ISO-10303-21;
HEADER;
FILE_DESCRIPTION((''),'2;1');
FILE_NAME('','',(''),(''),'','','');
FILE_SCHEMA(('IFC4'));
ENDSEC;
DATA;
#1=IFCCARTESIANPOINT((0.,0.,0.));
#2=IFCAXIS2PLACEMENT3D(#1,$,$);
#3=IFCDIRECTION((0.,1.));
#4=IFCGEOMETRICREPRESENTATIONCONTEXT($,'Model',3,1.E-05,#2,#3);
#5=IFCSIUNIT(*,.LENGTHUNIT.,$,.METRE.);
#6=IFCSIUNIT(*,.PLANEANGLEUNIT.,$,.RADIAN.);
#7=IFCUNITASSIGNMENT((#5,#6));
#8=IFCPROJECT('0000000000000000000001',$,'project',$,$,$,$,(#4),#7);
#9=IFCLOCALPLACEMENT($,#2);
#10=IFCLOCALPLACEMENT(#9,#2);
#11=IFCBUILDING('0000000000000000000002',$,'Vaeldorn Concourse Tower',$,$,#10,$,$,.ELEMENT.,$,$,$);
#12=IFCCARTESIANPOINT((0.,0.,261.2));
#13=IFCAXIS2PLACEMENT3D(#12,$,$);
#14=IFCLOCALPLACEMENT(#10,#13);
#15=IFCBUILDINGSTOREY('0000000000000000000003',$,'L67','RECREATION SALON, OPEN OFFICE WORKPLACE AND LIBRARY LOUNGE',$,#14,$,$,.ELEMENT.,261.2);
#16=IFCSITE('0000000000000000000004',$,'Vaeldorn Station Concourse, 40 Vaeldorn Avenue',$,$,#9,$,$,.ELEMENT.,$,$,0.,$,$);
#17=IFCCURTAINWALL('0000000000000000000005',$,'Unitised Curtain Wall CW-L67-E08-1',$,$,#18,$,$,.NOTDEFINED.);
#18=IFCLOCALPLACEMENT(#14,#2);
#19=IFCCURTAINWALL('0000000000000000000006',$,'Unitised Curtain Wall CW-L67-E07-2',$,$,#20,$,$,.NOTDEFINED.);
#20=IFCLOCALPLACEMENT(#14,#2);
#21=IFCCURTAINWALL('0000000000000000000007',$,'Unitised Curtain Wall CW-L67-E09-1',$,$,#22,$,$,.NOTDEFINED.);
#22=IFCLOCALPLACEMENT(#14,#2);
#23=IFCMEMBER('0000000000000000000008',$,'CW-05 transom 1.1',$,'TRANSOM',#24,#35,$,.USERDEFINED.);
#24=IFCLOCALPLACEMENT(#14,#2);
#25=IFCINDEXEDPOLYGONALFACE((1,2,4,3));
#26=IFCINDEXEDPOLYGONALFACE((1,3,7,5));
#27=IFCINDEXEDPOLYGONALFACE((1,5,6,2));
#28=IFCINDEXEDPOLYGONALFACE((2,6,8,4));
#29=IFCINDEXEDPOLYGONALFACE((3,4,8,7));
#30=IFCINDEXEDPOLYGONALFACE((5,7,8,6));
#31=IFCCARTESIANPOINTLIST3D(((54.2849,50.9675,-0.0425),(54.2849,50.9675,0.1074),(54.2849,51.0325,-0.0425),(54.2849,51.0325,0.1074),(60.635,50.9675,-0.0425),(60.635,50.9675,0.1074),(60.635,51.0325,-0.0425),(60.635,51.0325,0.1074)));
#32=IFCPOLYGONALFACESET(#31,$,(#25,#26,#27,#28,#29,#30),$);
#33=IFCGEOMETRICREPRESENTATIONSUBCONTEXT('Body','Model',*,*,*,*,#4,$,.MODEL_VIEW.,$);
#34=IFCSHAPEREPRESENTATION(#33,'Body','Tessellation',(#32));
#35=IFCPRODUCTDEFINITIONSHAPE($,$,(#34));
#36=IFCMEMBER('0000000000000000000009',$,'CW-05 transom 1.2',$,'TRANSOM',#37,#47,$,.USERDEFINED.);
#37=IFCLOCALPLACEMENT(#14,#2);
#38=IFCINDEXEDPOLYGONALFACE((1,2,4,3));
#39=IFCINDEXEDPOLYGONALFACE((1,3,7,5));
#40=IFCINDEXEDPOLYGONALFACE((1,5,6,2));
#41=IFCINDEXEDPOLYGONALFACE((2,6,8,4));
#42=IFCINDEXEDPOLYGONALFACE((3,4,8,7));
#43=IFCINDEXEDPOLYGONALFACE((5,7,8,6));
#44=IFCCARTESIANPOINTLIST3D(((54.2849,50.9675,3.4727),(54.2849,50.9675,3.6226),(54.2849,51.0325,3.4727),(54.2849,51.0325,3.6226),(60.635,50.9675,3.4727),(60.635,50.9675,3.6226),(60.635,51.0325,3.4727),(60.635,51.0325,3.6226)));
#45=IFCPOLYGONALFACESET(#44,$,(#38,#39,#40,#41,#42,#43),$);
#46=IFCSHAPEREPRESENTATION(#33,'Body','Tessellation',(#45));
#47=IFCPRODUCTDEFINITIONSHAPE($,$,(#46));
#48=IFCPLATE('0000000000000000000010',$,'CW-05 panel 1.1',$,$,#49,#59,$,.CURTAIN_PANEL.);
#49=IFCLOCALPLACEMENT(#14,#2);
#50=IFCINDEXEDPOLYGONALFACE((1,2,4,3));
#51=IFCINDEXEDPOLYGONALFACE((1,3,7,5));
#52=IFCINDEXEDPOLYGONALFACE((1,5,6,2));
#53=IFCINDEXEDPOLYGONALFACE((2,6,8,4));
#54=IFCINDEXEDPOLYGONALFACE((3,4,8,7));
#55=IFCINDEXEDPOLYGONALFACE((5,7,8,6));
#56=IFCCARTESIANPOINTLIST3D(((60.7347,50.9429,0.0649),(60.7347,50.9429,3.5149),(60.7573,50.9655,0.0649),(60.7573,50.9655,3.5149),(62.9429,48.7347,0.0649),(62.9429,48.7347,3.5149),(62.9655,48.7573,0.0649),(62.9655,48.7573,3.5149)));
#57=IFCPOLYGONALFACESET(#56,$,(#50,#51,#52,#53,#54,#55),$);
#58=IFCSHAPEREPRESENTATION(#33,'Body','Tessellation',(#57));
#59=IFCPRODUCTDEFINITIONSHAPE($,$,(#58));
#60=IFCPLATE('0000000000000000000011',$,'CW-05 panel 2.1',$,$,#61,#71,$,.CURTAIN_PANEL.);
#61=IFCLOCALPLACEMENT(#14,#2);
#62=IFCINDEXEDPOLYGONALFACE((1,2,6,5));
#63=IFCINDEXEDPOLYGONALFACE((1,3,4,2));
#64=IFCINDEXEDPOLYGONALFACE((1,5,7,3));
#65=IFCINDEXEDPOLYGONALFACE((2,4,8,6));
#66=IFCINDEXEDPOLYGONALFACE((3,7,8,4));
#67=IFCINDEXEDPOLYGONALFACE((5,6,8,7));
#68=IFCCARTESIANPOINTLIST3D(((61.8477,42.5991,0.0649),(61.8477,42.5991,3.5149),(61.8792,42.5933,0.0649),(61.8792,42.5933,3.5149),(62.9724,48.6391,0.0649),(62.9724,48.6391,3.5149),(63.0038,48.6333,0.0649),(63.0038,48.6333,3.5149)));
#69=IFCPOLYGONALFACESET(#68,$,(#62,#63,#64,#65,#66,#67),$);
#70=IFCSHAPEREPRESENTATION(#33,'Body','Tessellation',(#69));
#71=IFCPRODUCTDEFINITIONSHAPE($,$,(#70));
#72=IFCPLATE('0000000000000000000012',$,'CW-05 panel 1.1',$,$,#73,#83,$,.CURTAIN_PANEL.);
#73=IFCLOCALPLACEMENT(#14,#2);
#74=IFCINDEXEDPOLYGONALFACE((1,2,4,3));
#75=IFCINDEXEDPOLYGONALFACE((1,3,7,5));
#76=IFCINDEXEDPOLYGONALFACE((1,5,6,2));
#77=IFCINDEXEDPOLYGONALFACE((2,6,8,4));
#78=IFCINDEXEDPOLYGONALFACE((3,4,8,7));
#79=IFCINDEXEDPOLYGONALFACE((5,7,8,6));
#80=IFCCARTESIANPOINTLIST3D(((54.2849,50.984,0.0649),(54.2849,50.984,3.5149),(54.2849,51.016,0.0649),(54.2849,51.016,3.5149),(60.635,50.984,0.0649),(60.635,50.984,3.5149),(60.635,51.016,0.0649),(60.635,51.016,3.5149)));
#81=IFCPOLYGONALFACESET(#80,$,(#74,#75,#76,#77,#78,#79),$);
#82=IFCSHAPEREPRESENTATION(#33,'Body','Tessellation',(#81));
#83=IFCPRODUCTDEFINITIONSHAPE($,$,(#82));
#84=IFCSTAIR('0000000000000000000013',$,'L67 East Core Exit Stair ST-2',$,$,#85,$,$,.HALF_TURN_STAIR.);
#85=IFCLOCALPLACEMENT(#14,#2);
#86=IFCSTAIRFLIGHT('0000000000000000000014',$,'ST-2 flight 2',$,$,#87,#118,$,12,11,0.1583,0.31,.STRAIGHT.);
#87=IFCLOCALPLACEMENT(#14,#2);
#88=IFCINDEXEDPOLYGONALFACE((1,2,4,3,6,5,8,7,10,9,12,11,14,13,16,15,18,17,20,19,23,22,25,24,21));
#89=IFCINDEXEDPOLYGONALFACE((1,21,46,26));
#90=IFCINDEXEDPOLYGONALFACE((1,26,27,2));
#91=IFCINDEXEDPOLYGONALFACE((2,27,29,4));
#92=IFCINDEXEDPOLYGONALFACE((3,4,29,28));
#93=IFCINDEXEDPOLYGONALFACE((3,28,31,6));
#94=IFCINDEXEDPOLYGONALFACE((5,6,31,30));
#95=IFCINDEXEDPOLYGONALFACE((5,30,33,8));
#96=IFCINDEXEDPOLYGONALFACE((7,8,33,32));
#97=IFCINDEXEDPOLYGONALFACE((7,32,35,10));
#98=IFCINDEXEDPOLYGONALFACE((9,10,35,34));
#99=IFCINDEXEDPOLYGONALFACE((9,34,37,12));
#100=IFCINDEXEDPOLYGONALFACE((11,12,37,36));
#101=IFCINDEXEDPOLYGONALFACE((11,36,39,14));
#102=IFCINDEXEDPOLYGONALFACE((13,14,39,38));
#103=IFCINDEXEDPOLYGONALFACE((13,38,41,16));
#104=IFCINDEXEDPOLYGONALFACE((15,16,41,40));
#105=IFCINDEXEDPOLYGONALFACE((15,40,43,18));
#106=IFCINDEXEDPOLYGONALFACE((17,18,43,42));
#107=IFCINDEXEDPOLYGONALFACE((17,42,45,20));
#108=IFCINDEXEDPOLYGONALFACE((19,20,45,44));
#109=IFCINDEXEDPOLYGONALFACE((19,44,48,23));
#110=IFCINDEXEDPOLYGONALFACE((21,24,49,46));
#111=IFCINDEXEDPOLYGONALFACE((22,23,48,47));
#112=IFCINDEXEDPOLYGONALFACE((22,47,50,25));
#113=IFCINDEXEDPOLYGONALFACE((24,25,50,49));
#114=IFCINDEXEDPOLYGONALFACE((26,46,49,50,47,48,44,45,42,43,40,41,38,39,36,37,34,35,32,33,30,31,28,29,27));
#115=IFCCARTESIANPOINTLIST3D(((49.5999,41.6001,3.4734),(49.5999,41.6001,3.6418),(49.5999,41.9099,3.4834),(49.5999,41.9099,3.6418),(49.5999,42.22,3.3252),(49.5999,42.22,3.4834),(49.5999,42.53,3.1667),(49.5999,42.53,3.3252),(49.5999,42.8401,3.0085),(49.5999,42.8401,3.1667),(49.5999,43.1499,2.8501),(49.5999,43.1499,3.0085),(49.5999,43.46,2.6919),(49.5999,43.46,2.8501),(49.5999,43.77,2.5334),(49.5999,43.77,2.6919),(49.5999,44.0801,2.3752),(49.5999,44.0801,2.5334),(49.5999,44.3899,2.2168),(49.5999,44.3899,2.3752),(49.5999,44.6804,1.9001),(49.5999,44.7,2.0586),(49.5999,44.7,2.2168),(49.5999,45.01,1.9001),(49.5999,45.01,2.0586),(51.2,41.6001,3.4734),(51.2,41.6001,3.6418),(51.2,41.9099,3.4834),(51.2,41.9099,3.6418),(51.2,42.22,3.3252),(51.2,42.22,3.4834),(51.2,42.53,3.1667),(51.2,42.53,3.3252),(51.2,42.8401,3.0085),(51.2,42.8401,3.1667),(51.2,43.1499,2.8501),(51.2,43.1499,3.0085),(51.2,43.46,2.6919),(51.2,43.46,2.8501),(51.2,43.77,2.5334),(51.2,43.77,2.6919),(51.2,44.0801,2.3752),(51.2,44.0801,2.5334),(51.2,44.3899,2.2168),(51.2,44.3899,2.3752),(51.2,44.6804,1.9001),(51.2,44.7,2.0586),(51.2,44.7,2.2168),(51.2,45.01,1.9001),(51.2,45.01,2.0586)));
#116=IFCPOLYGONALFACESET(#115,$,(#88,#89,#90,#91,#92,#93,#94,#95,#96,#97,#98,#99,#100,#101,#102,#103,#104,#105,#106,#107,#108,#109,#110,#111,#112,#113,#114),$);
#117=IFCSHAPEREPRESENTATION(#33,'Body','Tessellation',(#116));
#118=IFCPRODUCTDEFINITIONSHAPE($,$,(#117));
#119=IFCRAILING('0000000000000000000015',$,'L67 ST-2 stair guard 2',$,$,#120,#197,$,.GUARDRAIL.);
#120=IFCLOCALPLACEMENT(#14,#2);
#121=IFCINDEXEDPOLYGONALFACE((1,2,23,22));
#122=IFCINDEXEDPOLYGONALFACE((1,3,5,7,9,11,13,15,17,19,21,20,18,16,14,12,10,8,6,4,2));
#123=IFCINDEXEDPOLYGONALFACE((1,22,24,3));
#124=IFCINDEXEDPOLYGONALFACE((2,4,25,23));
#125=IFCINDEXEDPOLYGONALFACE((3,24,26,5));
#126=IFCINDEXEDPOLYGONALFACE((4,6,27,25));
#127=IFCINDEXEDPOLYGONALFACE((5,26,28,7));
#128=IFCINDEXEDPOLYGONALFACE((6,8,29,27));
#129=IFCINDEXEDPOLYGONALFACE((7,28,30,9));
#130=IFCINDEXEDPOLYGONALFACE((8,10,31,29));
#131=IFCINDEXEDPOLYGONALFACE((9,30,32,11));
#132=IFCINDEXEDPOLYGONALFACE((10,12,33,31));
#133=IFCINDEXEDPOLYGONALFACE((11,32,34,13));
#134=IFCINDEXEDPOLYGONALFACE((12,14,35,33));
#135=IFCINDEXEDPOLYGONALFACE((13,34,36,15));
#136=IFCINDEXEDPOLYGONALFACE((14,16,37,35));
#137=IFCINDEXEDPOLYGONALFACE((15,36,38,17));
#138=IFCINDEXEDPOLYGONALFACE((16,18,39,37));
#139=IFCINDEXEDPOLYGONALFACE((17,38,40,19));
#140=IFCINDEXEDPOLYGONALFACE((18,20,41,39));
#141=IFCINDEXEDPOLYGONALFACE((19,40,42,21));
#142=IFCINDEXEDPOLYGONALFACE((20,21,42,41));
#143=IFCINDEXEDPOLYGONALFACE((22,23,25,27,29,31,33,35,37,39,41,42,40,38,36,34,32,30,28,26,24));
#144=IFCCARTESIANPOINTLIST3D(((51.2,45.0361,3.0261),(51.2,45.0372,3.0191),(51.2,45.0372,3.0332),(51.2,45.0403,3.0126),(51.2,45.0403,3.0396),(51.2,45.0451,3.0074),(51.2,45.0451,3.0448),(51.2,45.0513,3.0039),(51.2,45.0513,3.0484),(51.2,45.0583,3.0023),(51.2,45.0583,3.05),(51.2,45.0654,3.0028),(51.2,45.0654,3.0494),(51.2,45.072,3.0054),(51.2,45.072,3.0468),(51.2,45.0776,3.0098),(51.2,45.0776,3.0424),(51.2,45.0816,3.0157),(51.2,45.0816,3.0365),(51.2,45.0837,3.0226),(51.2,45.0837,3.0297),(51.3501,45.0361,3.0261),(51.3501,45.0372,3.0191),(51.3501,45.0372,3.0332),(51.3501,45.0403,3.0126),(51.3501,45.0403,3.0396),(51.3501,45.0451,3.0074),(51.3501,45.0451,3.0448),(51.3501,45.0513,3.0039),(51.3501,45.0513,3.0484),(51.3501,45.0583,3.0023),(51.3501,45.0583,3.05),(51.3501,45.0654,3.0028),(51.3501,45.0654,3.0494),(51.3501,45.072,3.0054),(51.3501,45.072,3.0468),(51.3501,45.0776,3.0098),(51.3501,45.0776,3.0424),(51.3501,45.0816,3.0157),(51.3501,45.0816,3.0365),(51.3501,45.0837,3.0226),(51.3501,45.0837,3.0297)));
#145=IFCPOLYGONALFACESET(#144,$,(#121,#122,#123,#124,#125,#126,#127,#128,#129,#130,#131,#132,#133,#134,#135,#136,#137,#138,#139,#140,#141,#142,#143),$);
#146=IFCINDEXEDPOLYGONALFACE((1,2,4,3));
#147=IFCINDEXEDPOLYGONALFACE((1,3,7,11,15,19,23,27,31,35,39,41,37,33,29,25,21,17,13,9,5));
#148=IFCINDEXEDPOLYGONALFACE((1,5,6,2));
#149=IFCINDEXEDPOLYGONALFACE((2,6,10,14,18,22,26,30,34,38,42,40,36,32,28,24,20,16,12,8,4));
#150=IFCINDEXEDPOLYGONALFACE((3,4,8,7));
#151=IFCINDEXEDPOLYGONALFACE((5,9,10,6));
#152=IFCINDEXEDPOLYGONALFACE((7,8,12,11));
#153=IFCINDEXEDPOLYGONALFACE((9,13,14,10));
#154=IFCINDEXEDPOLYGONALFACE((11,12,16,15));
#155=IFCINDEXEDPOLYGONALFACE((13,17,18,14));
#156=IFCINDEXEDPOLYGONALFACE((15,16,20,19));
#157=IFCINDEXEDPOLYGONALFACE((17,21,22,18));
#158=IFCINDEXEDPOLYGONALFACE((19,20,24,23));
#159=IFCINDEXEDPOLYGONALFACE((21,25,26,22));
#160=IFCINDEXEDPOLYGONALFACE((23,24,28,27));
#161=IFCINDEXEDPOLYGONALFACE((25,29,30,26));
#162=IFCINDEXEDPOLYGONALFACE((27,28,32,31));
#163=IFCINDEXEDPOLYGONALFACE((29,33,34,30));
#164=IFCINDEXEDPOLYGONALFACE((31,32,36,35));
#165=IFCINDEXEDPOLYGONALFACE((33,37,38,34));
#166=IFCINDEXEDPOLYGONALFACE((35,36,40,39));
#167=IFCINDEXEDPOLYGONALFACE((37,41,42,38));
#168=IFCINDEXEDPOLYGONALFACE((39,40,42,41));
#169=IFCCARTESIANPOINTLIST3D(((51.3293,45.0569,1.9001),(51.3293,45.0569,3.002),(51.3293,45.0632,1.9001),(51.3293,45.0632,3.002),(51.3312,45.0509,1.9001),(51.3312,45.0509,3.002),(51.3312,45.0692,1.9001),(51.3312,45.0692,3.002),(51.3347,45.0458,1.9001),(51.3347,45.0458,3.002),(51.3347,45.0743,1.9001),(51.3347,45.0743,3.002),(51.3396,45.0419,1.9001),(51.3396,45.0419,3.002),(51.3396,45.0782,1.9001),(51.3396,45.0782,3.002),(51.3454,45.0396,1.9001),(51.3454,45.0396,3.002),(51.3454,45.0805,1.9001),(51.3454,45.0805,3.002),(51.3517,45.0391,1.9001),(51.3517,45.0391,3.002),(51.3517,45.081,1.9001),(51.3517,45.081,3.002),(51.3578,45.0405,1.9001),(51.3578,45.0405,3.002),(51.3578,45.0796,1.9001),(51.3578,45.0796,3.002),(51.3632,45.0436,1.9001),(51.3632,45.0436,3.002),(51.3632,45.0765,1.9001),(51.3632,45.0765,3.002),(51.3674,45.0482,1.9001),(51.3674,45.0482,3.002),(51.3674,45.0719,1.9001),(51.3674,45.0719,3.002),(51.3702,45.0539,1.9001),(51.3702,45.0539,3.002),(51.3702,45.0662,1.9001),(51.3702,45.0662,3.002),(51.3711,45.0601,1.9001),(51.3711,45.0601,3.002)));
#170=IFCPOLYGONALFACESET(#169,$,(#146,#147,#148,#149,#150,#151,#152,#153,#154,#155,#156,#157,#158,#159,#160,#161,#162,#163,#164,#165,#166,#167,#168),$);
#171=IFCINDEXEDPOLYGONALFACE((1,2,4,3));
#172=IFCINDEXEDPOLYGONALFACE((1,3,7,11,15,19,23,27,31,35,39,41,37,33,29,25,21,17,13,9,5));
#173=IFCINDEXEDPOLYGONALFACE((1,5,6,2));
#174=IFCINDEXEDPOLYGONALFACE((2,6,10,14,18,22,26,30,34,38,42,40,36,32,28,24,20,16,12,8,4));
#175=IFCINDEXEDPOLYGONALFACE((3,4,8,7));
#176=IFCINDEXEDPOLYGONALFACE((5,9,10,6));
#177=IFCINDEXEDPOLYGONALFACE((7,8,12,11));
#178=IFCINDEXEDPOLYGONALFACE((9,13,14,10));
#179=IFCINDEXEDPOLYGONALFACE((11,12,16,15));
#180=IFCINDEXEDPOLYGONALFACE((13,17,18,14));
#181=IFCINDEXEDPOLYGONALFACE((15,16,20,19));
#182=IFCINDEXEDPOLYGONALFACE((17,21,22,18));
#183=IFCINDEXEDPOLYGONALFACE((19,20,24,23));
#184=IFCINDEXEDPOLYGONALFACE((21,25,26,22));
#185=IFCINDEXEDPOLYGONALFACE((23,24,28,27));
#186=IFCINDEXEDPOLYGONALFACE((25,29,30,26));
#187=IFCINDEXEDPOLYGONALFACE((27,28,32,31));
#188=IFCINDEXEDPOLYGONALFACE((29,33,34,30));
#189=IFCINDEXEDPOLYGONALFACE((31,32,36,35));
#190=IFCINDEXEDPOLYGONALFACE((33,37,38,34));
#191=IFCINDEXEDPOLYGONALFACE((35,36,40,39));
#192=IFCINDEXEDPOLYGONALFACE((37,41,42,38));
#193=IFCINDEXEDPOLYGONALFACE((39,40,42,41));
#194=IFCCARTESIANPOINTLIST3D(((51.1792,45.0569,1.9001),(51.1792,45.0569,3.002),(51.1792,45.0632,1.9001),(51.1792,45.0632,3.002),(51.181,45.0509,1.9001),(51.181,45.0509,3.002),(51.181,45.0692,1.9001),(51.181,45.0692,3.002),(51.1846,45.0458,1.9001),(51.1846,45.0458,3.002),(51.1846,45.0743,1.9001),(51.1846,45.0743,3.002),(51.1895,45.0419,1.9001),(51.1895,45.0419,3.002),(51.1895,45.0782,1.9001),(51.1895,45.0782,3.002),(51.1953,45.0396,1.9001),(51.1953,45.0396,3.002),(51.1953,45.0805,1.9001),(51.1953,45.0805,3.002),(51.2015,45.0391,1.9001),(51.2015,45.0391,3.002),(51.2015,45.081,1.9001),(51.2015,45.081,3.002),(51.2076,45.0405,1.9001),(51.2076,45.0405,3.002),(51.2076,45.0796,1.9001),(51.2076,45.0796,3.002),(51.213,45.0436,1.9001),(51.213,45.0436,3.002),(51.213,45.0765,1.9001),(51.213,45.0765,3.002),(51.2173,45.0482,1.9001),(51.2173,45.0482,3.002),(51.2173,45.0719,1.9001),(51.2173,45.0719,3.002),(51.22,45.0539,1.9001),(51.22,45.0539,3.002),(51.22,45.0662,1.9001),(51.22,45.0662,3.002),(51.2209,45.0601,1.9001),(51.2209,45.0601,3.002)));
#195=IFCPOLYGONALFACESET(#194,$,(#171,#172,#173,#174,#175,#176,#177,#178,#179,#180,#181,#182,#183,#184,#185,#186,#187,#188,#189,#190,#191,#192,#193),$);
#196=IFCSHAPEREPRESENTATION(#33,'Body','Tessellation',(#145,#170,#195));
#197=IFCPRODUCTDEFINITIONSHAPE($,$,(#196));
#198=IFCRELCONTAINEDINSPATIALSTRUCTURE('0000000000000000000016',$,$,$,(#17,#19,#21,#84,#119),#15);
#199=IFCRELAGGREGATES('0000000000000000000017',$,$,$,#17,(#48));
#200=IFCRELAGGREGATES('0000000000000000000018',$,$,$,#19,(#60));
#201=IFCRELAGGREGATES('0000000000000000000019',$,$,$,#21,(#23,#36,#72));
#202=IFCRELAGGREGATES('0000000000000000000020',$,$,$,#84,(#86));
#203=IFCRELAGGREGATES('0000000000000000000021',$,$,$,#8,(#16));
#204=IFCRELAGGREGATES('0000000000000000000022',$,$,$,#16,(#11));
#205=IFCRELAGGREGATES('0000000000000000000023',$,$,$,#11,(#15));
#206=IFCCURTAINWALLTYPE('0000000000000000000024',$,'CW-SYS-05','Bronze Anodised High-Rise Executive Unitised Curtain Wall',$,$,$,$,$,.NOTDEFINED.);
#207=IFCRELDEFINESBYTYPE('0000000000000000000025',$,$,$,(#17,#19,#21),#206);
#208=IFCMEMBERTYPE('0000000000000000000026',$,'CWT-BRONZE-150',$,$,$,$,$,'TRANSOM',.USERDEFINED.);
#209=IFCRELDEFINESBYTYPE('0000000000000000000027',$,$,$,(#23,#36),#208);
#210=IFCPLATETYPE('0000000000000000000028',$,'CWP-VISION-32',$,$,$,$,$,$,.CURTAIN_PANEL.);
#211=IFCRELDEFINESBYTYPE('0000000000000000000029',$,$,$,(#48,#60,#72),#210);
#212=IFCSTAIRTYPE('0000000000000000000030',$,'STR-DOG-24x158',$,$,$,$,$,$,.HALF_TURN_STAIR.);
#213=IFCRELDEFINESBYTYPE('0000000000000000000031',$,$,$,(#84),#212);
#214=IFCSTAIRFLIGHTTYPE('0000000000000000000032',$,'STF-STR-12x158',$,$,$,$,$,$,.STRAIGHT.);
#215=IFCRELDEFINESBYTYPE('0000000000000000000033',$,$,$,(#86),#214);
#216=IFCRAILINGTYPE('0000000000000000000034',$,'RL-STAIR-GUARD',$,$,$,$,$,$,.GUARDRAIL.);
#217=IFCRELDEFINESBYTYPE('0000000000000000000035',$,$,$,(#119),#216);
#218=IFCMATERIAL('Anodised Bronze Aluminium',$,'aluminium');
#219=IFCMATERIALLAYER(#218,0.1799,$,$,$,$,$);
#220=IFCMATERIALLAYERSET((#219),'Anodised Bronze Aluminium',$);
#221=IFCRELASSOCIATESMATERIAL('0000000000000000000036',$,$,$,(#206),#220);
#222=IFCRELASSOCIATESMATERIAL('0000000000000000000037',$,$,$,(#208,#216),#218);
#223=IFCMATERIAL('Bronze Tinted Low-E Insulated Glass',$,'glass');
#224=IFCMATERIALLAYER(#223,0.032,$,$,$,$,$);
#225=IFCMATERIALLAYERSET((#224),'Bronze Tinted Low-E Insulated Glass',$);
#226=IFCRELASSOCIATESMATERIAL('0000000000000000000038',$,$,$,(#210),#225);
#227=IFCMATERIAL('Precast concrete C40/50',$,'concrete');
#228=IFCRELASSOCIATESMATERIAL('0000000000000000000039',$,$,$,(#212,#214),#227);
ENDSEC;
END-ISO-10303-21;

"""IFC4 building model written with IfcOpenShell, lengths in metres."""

from ifc_helpers import new_model, si_unit, direction, frame, origin, origin_2d, place, context, subcontext, project, spatial, polyline, rectangle, circle, outline, extrude, source, transform, mapped, material, layer, layer_set, material_profile, profile_set, type_object, element, aggregate, save


model = new_model("IFC4")

# Units and contexts
model_context = context("Model", 3, precision=1e-05, world=origin(), true_north=direction((0.0, 1.0)))
body_context = subcontext(model_context, "Body", "Model", "MODEL_VIEW")
ifc_project = project(units=[si_unit("LENGTHUNIT", "METRE"), si_unit("PLANEANGLEUNIT", "RADIAN")], contexts=[model_context])

# Site, building, storey
site_placement = place(None, origin())
site = spatial("IfcSite", under=ifc_project, at=site_placement, Name="Vaeldorn Station Concourse, 40 Vaeldorn Avenue", CompositionType="ELEMENT", RefElevation=0.0)
building_placement = place(site_placement, origin())
building = spatial("IfcBuilding", under=site, at=building_placement, Name="Vaeldorn Concourse Tower", CompositionType="ELEMENT")
storey_placement = place(building_placement, frame((0.0, 0.0, 261.2)))
storey = spatial("IfcBuildingStorey", under=building, at=storey_placement, Name="L67", Description="RECREATION SALON, OPEN OFFICE WORKPLACE AND LIBRARY LOUNGE", CompositionType="ELEMENT", Elevation=261.2)

# Curtain wall
ifc_material_1 = material(Name="Anodised Bronze Aluminium", Category="aluminium")
ifc_layer_1 = layer(ifc_material_1, 0.1799)
ifc_layer_set_1 = layer_set([ifc_layer_1], Name="Anodised Bronze Aluminium")
curtain_wall_type = type_object("IfcCurtainWallType", Name="CW-SYS-05", Description="Bronze Anodised High-Rise Executive Unitised Curtain Wall", PredefinedType="NOTDEFINED", material=ifc_layer_set_1)
curtain_wall_1_placement = place(storey_placement, origin())
curtain_wall_1 = element("IfcCurtainWall", 1, at=curtain_wall_1_placement, inside=storey, type_object=curtain_wall_type, Name="Unitised Curtain Wall CW-L67-E08-1", PredefinedType="NOTDEFINED")
ifc_material_profile_1 = material_profile(ifc_material_1, rectangle(XDim=0.0649, YDim=0.1499, at=origin_2d()), Name="CWT 65x150")
ifc_profile_set_1 = profile_set([ifc_material_profile_1], Name="Anodised Bronze Aluminium")
member_type_1 = type_object("IfcMemberType", Name="CWT-BRONZE-150", ElementType="TRANSOM", PredefinedType="USERDEFINED", material=ifc_profile_set_1)

# Curtain wall
curtain_wall_2_placement = place(storey_placement, origin())
curtain_wall_2 = element("IfcCurtainWall", 2, at=curtain_wall_2_placement, inside=storey, type_object=curtain_wall_type, Name="Unitised Curtain Wall CW-L67-E07-2", PredefinedType="NOTDEFINED")

# Curtain wall, members
curtain_wall_3_placement = place(storey_placement, origin())
curtain_wall_3 = element("IfcCurtainWall", 3, at=curtain_wall_3_placement, inside=storey, type_object=curtain_wall_type, Name="Unitised Curtain Wall CW-L67-E09-1", PredefinedType="NOTDEFINED")
shared_shape_1 = source(origin(), body_context, "Body", "SweptSolid", [
    extrude(rectangle(XDim=0.0649, YDim=0.1499, at=origin_2d()), origin(), (0.0, 0.0, 1.0), 6.3501),
])
member_1_placement = place(storey_placement, frame((60.635, 51.0, 0.0325), z_axis=(-1.0, 0.0, 0.0), x_axis=(0.0, -1.0, 0.0)))
member_1 = element("IfcMember", 4, at=member_1_placement, type_object=member_type_1, Name="CW-05 transom 1.1", ObjectType="TRANSOM", PredefinedType="USERDEFINED", context=body_context, shape_type="MappedRepresentation", body=[
    mapped(shared_shape_1, transform((0.0, 0.0, 0.0), scale=1.0)),
])
member_2_placement = place(storey_placement, frame((60.635, 51.0, 3.5476), z_axis=(-1.0, 0.0, 0.0), x_axis=(0.0, -1.0, 0.0)))
member_2 = element("IfcMember", 5, at=member_2_placement, type_object=member_type_1, Name="CW-05 transom 1.2", ObjectType="TRANSOM", PredefinedType="USERDEFINED", context=body_context, shape_type="MappedRepresentation", body=[
    mapped(shared_shape_1, transform((0.0, 0.0, 0.0), scale=1.0)),
])

# Plates
ifc_material_2 = material(Name="Bronze Tinted Low-E Insulated Glass", Category="glass")
ifc_layer_2 = layer(ifc_material_2, 0.032)
ifc_layer_set_2 = layer_set([ifc_layer_2], Name="Bronze Tinted Low-E Insulated Glass")
plate_type = type_object("IfcPlateType", Name="CWP-VISION-32", PredefinedType="CURTAIN_PANEL", material=ifc_layer_set_2)
shared_shape_2 = source(origin(), body_context, "Body", "SweptSolid", [
    extrude(rectangle(XDim=3.1228, YDim=0.032, at=origin_2d()), origin(), (0.0, 0.0, 1.0), 3.45),
])
plate_1_placement = place(storey_placement, frame((61.8501, 49.8501, 0.0649), z_axis=(0.0, 0.0, 1.0), x_axis=(-0.707107, 0.707107, 0.0)))
plate_1 = element("IfcPlate", 6, at=plate_1_placement, type_object=plate_type, Name="CW-05 panel 1.1", PredefinedType="CURTAIN_PANEL", context=body_context, shape_type="MappedRepresentation", body=[
    mapped(shared_shape_2, transform((0.0, 0.0, 0.0), scale=1.0)),
])
aggregate(curtain_wall_1, [plate_1])
shared_shape_3 = source(origin(), body_context, "Body", "SweptSolid", [
    extrude(rectangle(XDim=6.1438, YDim=0.032, at=origin_2d()), origin(), (0.0, 0.0, 1.0), 3.45),
])
plate_2_placement = place(storey_placement, frame((62.4258, 45.6162, 0.0649), z_axis=(0.0, 0.0, 1.0), x_axis=(0.183054, 0.983103, 0.0)))
plate_2 = element("IfcPlate", 7, at=plate_2_placement, type_object=plate_type, Name="CW-05 panel 2.1", PredefinedType="CURTAIN_PANEL", context=body_context, shape_type="MappedRepresentation", body=[
    mapped(shared_shape_3, transform((0.0, 0.0, 0.0), scale=1.0)),
])
aggregate(curtain_wall_2, [plate_2])
shared_shape_4 = source(origin(), body_context, "Body", "SweptSolid", [
    extrude(rectangle(XDim=6.3501, YDim=0.032, at=origin_2d()), origin(), (0.0, 0.0, 1.0), 3.45),
])
plate_3_placement = place(storey_placement, frame((57.46, 51.0, 0.0649), z_axis=(0.0, 0.0, 1.0), x_axis=(-1.0, 0.0, 0.0)))
plate_3 = element("IfcPlate", 8, at=plate_3_placement, type_object=plate_type, Name="CW-05 panel 1.1", PredefinedType="CURTAIN_PANEL", context=body_context, shape_type="MappedRepresentation", body=[
    mapped(shared_shape_4, transform((0.0, 0.0, 0.0), scale=1.0)),
])
aggregate(curtain_wall_3, [member_1, member_2, plate_3])

# Stair, stair flight
ifc_material_3 = material(Name="Precast concrete C40/50", Category="concrete")
stair_type = type_object("IfcStairType", Name="STR-DOG-24x158", PredefinedType="HALF_TURN_STAIR", material=ifc_material_3)
stair_placement = place(storey_placement, origin())
stair = element("IfcStair", 9, at=stair_placement, inside=storey, type_object=stair_type, Name="L67 East Core Exit Stair ST-2", PredefinedType="HALF_TURN_STAIR")
stair_flight_type = type_object("IfcStairFlightType", Name="STF-STR-12x158", PredefinedType="STRAIGHT", material=ifc_material_3)
stair_flight_placement = place(storey_placement, frame((50.3999, 45.01, 1.9001), z_axis=(0.0, 0.0, 1.0), x_axis=(0.0, -1.0, 0.0)))
stair_flight = element("IfcStairFlight", 10, at=stair_flight_placement, type_object=stair_flight_type, Name="ST-2 flight 2", NumberOfRisers=12, NumberOfTreads=11, PredefinedType="STRAIGHT", RiserHeight=0.1583, TreadLength=0.31, context=body_context, shape_type="SweptSolid", body=[
    extrude(outline(polyline([(0.0, 0.0), (0.0, 0.1584), (0.3101, 0.1584), (0.3101, 0.3167), (0.6201, 0.3167), (0.6201, 0.4751), (0.9299, 0.4751), (0.9299, 0.6333), (1.24, 0.6333), (1.24, 0.7917), (1.55, 0.7917), (1.55, 0.95), (1.8601, 0.95), (1.8601, 1.1084), (2.1699, 1.1084), (2.1699, 1.2666), (2.48, 1.2666), (2.48, 1.425), (2.79, 1.425), (2.79, 1.5833), (3.1001, 1.5833), (3.1001, 1.7417), (3.4099, 1.7417), (3.4099, 1.8999), (3.4099, 1.5732), (0.3296, 0.0), (0.0, 0.0)])), frame((0.0, 0.8, 0.0), z_axis=(0.0, -1.0, 0.0), x_axis=(1.0, 0.0, 0.0)), (0.0, 0.0, 1.0), 1.6001),
])
aggregate(stair, [stair_flight])

# Railing
railing_type_1 = type_object("IfcRailingType", Name="RL-STAIR-GUARD", PredefinedType="GUARDRAIL", material=ifc_material_1)
railing_1_placement = place(storey_placement, frame((51.3501, 45.0601, 1.9001)))
element("IfcRailing", 11, at=railing_1_placement, inside=storey, type_object=railing_type_1, Name="L67 ST-2 stair guard 2", PredefinedType="GUARDRAIL", context=body_context, shape_type="SweptSolid", body=[
    extrude(circle(Radius=0.0239, at=origin_2d()), frame((0.0, 0.0, 1.126), z_axis=(-1.0, 0.0, 0.0), x_axis=(0.0, -1.0, 0.0)), (0.0, 0.0, 1.0), 0.1501),
    extrude(circle(Radius=0.021, at=origin_2d()), origin(), (0.0, 0.0, 1.0), 1.1018),
    extrude(circle(Radius=0.021, at=origin_2d()), frame((-0.1501, 0.0, 0.0)), (0.0, 0.0, 1.0), 1.1018),
])

save(model, "model.ifc")
